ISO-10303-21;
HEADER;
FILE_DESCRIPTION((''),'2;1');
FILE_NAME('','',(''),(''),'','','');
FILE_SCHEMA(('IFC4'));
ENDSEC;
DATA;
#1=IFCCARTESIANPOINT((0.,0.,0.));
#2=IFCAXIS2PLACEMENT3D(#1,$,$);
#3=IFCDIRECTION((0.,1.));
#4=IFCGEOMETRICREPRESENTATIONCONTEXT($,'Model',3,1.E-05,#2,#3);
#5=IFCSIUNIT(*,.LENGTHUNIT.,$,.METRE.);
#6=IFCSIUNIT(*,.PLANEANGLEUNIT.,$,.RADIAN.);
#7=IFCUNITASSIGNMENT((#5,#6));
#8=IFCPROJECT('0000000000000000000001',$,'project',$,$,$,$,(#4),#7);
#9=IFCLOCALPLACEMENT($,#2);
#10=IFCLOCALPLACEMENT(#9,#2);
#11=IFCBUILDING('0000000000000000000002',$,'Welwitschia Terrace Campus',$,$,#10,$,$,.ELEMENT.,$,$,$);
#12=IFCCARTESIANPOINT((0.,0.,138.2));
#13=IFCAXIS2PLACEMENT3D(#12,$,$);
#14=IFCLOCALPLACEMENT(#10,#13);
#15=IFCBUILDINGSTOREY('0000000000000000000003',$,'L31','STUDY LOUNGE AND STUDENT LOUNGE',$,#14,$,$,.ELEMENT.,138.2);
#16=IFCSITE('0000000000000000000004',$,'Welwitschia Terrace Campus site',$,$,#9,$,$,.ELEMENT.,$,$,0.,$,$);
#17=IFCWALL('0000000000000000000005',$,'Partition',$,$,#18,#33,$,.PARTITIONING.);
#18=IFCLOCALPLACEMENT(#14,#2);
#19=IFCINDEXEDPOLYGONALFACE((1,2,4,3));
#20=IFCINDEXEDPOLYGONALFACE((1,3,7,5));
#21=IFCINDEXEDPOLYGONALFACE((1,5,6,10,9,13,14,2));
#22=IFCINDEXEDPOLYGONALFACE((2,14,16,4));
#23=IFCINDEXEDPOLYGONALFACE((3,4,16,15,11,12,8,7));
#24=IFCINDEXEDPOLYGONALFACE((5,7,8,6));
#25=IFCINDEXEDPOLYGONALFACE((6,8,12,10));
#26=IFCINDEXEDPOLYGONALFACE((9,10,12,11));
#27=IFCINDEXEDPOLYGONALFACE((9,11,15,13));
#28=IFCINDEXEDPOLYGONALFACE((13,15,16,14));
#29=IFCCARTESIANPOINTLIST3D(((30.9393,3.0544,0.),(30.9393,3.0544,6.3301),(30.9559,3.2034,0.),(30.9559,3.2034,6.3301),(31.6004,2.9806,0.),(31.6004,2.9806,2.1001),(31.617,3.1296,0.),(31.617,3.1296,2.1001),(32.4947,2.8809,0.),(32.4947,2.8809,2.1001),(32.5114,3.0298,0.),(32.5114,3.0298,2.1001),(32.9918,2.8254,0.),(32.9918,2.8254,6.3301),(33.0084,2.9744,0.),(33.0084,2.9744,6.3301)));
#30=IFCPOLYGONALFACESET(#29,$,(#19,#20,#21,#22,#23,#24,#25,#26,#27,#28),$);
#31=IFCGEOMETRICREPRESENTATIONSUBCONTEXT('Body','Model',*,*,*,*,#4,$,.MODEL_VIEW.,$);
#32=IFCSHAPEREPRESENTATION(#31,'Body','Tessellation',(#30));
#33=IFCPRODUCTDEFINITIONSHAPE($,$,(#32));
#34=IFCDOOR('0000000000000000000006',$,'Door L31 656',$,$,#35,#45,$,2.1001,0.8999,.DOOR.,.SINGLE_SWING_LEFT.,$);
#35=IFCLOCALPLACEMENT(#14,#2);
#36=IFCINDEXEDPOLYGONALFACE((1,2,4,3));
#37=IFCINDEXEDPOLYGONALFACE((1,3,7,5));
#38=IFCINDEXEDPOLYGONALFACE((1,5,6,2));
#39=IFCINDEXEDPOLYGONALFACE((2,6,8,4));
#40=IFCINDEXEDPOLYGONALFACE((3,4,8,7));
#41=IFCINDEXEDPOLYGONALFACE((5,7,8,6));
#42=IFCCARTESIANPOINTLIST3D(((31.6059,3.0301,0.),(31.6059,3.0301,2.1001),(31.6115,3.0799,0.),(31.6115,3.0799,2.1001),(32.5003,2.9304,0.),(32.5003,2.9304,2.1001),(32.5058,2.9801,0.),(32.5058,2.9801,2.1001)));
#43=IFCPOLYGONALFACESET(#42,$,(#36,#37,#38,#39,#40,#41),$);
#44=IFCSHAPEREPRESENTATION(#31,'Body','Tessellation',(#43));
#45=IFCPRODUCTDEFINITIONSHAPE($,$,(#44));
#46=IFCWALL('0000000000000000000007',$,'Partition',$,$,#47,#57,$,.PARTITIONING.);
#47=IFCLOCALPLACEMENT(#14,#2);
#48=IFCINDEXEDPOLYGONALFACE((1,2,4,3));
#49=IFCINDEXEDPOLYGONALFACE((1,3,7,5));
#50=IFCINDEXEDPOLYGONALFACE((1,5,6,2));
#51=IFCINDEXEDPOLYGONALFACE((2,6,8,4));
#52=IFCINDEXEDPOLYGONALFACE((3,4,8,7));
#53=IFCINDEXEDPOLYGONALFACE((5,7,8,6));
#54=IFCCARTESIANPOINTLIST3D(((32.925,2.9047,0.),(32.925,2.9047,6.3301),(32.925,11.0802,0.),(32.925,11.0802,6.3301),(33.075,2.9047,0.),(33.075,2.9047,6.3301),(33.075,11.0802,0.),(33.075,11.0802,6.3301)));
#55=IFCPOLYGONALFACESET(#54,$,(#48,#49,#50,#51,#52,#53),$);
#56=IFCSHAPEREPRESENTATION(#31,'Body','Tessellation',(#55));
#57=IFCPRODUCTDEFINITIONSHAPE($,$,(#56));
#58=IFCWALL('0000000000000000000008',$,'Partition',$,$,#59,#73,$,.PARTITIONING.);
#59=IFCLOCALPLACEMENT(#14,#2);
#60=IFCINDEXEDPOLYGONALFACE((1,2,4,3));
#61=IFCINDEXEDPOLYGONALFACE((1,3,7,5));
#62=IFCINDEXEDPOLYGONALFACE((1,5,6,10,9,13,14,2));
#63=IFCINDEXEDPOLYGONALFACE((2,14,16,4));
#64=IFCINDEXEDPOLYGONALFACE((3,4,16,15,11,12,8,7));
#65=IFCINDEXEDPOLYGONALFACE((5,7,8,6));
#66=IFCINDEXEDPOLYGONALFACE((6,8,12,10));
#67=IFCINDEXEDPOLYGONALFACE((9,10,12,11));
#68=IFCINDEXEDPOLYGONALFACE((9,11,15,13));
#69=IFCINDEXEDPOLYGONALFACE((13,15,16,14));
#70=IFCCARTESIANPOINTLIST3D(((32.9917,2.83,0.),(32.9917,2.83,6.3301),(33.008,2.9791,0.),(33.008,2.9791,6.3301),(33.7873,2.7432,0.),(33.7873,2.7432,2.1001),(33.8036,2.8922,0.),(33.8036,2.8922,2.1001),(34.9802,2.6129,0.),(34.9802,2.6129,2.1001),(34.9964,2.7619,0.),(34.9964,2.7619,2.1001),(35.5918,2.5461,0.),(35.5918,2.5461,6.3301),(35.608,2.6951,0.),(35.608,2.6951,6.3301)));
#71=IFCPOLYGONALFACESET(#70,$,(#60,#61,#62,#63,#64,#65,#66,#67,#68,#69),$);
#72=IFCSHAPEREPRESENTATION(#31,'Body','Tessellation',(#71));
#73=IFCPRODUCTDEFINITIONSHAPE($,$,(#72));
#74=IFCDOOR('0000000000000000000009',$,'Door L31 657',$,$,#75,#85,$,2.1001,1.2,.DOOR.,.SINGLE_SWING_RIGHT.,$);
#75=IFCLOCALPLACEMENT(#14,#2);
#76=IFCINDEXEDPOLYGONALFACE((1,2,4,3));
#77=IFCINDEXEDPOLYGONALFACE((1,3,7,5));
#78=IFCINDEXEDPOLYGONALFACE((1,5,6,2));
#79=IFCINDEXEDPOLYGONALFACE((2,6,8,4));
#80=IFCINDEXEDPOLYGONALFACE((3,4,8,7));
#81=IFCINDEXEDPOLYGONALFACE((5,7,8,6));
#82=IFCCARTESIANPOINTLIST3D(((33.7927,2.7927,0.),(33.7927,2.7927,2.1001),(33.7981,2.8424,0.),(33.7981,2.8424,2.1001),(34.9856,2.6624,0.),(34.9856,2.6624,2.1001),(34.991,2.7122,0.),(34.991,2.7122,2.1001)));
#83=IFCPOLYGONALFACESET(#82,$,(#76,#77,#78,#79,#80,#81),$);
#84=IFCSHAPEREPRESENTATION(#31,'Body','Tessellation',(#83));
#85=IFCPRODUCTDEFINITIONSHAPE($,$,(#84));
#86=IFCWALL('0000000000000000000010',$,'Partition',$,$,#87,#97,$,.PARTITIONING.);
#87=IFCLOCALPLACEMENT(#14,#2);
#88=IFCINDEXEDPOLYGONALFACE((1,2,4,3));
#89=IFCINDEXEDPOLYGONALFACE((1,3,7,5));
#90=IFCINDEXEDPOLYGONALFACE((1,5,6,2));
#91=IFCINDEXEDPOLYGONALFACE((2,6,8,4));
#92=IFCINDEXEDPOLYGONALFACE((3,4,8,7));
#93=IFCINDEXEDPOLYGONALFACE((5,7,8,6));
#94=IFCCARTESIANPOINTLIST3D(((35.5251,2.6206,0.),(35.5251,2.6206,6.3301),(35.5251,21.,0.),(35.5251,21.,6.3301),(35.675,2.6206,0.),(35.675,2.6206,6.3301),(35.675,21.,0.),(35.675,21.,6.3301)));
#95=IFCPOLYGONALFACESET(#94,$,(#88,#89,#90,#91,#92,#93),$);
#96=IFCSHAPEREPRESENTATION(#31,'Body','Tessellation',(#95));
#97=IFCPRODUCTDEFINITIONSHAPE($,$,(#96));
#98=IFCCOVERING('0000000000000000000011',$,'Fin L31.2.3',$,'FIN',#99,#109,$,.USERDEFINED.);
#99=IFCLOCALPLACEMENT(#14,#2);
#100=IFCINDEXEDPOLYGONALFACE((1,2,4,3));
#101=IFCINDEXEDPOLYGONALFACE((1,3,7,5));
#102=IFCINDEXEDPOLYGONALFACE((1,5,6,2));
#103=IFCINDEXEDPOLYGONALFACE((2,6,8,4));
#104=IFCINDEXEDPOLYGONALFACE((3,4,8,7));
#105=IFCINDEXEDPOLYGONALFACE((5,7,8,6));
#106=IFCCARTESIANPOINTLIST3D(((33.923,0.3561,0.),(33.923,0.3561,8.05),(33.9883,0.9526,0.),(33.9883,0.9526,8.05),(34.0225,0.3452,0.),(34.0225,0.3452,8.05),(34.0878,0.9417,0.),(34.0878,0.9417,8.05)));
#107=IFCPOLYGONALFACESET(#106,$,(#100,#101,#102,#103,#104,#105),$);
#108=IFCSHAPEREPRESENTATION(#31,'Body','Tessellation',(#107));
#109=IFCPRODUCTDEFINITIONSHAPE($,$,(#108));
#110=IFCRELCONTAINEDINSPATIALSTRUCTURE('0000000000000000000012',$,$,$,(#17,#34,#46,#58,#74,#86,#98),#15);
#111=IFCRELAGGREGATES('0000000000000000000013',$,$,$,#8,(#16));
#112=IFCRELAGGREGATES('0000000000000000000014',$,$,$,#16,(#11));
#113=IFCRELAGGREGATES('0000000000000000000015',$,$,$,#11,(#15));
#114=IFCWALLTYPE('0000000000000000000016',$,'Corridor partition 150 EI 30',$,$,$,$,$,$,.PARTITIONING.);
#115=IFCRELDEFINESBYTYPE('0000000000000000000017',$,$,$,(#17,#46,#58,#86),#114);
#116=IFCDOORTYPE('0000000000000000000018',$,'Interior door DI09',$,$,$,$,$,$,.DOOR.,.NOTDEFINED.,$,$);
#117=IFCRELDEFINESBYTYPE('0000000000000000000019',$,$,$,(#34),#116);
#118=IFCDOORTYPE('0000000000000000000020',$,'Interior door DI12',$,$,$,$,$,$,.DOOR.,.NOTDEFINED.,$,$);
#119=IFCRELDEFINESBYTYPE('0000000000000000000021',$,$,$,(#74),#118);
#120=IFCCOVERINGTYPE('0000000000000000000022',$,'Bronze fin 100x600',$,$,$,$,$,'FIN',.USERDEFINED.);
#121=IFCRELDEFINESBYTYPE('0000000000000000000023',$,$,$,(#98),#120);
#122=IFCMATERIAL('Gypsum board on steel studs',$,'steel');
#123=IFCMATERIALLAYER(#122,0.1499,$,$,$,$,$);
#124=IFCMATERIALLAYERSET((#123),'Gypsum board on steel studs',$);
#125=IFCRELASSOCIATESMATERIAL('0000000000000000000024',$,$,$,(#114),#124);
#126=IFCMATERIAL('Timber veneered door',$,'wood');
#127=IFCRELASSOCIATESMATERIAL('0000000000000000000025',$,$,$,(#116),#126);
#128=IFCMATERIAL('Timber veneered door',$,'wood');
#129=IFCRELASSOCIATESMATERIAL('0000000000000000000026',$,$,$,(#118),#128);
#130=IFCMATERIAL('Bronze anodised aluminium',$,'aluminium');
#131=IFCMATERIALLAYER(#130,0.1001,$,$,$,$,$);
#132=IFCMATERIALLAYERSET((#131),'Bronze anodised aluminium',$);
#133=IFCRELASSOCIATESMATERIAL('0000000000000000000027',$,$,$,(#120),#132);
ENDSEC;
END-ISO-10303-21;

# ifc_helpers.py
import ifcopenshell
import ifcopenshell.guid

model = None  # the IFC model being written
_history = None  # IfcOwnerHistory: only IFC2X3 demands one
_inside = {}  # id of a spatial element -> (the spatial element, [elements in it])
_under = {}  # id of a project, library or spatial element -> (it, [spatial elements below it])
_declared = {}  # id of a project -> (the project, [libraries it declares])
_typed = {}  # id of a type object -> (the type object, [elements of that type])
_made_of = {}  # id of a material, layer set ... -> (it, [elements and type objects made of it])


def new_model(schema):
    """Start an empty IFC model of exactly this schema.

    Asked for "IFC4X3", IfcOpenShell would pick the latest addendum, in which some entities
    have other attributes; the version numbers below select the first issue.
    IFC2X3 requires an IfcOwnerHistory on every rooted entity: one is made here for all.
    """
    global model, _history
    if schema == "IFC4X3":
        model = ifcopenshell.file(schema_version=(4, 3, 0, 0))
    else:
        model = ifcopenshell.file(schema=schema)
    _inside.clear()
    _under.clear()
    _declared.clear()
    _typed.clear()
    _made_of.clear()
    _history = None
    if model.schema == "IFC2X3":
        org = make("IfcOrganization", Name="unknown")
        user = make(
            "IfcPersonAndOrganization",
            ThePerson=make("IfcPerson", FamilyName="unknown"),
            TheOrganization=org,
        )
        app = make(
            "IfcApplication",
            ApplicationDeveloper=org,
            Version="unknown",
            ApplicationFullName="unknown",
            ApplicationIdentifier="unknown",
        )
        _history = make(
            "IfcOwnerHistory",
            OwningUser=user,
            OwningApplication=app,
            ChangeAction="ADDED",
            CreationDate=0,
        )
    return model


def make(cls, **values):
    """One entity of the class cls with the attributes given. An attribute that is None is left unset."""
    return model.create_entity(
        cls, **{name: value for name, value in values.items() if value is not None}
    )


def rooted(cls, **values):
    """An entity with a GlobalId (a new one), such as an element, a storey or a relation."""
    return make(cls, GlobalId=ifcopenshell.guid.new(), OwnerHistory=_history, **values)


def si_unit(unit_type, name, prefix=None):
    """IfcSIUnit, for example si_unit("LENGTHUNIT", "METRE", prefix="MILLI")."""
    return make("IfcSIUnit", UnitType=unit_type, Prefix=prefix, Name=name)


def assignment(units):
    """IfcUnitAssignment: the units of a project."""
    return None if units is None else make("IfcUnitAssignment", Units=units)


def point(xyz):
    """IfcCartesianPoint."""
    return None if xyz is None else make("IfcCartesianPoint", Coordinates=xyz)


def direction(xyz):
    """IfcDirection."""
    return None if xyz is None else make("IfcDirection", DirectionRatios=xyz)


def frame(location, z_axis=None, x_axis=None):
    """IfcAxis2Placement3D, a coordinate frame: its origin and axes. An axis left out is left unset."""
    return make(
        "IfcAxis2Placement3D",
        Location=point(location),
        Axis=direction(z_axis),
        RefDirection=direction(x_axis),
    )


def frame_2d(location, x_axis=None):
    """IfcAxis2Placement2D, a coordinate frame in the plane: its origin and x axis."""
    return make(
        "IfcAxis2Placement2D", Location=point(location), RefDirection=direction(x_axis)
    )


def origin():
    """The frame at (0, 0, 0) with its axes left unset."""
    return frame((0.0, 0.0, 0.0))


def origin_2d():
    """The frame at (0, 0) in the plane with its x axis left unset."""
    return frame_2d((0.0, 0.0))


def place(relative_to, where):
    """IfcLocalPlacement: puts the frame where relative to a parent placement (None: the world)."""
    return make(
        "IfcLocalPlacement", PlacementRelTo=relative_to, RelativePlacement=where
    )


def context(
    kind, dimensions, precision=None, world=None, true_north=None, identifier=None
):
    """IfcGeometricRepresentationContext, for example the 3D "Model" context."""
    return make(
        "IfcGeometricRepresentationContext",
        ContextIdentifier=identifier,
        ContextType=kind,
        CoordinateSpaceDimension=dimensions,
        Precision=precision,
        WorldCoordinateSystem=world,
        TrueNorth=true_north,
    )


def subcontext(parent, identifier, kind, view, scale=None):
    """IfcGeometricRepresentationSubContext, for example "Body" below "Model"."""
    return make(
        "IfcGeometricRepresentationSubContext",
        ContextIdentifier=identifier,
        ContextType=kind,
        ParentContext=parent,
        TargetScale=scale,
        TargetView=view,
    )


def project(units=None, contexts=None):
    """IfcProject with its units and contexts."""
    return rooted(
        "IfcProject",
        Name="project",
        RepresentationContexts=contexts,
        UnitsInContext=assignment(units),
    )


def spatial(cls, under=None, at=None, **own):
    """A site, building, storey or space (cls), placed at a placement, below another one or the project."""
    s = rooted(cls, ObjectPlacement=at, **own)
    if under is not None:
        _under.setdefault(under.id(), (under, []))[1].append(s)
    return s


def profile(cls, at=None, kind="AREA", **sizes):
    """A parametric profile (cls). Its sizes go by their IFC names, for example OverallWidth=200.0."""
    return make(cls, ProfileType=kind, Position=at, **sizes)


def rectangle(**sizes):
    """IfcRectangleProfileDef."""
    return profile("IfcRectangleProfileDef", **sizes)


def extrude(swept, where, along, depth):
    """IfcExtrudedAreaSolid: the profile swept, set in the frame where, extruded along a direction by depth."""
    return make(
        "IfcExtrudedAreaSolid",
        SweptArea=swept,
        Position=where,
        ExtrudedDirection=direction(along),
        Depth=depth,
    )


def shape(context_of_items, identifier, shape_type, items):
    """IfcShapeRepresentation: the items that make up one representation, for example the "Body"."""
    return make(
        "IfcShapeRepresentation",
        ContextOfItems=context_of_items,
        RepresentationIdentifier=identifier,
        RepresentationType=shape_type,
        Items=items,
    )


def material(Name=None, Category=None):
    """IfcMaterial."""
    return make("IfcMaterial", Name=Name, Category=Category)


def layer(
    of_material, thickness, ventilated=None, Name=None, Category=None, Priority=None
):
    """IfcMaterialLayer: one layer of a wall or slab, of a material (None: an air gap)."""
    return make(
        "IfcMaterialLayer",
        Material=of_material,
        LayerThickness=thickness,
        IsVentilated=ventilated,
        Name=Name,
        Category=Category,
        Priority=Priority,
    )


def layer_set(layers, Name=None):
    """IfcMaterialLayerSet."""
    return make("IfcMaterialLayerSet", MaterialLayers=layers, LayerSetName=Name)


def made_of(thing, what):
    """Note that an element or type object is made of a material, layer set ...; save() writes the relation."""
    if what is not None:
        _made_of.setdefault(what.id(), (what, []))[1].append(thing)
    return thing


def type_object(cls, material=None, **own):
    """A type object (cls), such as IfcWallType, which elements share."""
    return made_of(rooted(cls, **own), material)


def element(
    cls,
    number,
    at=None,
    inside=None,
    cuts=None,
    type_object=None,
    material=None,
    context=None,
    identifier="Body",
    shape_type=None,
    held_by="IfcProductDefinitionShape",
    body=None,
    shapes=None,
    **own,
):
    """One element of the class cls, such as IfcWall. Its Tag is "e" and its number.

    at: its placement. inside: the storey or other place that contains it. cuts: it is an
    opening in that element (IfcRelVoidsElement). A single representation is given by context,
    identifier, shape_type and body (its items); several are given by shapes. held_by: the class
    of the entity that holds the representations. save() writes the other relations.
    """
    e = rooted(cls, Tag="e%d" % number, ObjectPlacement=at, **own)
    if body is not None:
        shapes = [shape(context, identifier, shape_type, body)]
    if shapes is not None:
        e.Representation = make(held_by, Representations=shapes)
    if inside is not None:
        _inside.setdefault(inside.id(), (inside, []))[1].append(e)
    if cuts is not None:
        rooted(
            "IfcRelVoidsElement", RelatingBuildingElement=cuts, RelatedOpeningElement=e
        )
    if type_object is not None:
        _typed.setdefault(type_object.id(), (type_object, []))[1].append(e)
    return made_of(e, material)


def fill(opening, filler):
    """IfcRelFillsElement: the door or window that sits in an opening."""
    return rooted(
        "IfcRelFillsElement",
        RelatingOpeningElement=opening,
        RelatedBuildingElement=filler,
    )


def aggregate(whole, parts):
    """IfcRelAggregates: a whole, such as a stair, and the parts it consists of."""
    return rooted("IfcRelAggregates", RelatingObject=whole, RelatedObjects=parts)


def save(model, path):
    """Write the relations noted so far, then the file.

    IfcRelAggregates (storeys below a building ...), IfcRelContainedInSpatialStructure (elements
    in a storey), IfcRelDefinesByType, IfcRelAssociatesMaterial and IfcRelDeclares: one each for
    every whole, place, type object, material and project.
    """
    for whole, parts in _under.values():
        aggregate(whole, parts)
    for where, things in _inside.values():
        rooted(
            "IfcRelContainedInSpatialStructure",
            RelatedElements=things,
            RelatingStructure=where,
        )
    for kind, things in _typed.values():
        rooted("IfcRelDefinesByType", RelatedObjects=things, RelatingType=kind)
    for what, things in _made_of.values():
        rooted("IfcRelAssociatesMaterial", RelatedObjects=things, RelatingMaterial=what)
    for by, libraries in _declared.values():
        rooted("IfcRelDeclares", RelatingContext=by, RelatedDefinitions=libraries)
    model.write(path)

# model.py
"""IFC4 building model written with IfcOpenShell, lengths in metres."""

from ifc_helpers import new_model, si_unit, direction, frame, frame_2d, origin, origin_2d, place, context, subcontext, project, spatial, rectangle, extrude, material, layer, layer_set, type_object, element, fill, save


model = new_model("IFC4")

# Units and contexts
model_context = context("Model", 3, precision=1e-05, world=origin(), true_north=direction((0.0, 1.0)))
body_context = subcontext(model_context, "Body", "Model", "MODEL_VIEW")
ifc_project = project(units=[si_unit("LENGTHUNIT", "METRE"), si_unit("PLANEANGLEUNIT", "RADIAN")], contexts=[model_context])

# Site, building, storey
site_placement = place(None, origin())
site = spatial("IfcSite", under=ifc_project, at=site_placement, Name="Welwitschia Terrace Campus site", CompositionType="ELEMENT", RefElevation=0.0)
building_placement = place(site_placement, origin())
building = spatial("IfcBuilding", under=site, at=building_placement, Name="Welwitschia Terrace Campus", CompositionType="ELEMENT")
storey_placement = place(building_placement, frame((0.0, 0.0, 138.2)))
storey = spatial("IfcBuildingStorey", under=building, at=storey_placement, Name="L31", Description="STUDY LOUNGE AND STUDENT LOUNGE", CompositionType="ELEMENT", Elevation=138.2)

# Shared definitions
ifc_material_1 = material(Name="Gypsum board on steel studs", Category="steel")
ifc_layer_1 = layer(ifc_material_1, 0.1499)
ifc_layer_set_1 = layer_set([ifc_layer_1], Name="Gypsum board on steel studs")
wall_type = type_object("IfcWallType", Name="Corridor partition 150 EI 30", PredefinedType="PARTITIONING", material=ifc_layer_set_1)

# Wall, opening, door
wall_1_placement = place(storey_placement, frame((30.9475, 3.1289, 0.0), z_axis=(0.0, 0.0, 1.0), x_axis=(0.993833, -0.110886, 0.0)))
wall_1 = element("IfcWall", 1, at=wall_1_placement, inside=storey, type_object=wall_type, Name="Partition", PredefinedType="PARTITIONING", context=body_context, shape_type="SweptSolid", body=[
    extrude(rectangle(XDim=2.0652, YDim=0.1499, at=frame_2d((1.0327, 0.0))), origin(), (0.0, 0.0, 1.0), 6.3301),
])
opening_1_placement = place(wall_1_placement, frame((0.6653, 0.0, 0.0)))
opening_1 = element("IfcOpeningElement", 2, at=opening_1_placement, cuts=wall_1, PredefinedType="OPENING", context=body_context, shape_type="SweptSolid", body=[
    extrude(rectangle(XDim=0.8999, YDim=2.1001, at=frame_2d((0.45, 1.05))), frame((0.0, 0.085, 0.0), z_axis=(0.0, -1.0, 0.0), x_axis=(1.0, 0.0, 0.0)), (0.0, 0.0, 1.0), 0.1699),
])
ifc_material_2 = material(Name="Timber veneered door", Category="wood")
door_type_1 = type_object("IfcDoorType", Name="Interior door DI09", OperationType="NOTDEFINED", PredefinedType="DOOR", material=ifc_material_2)
door_1_placement = place(opening_1_placement, origin())
door_1 = element("IfcDoor", 3, at=door_1_placement, inside=storey, type_object=door_type_1, Name="Door L31 656", OperationType="SINGLE_SWING_LEFT", OverallHeight=2.1001, OverallWidth=0.8999, PredefinedType="DOOR", context=body_context, shape_type="SweptSolid", body=[
    extrude(rectangle(XDim=0.8999, YDim=2.1001, at=frame_2d((0.45, 1.05))), frame((0.0, 0.0249, 0.0), z_axis=(0.0, -1.0, 0.0), x_axis=(1.0, 0.0, 0.0)), (0.0, 0.0, 1.0), 0.05),
])
fill(opening_1, door_1)

# Wall
wall_2_placement = place(storey_placement, frame((33.0, 2.9045, 0.0), z_axis=(0.0, 0.0, 1.0), x_axis=(0.0, 1.0, 0.0)))
element("IfcWall", 4, at=wall_2_placement, inside=storey, type_object=wall_type, Name="Partition", PredefinedType="PARTITIONING", context=body_context, shape_type="SweptSolid", body=[
    extrude(rectangle(XDim=8.1755, YDim=0.1499, at=frame_2d((4.0879, 0.0))), origin(), (0.0, 0.0, 1.0), 6.3301),
])

# Wall, opening, door
wall_3_placement = place(storey_placement, frame((33.0, 2.9045, 0.0), z_axis=(0.0, 0.0, 1.0), x_axis=(0.99409, -0.108557, 0.0)))
wall_3 = element("IfcWall", 5, at=wall_3_placement, inside=storey, type_object=wall_type, Name="Partition", PredefinedType="PARTITIONING", context=body_context, shape_type="SweptSolid", body=[
    extrude(rectangle(XDim=2.6155, YDim=0.1499, at=frame_2d((1.3076, 0.0))), origin(), (0.0, 0.0, 1.0), 6.3301),
])
opening_2_placement = place(wall_3_placement, frame((0.8, 0.0, 0.0)))
opening_2 = element("IfcOpeningElement", 6, at=opening_2_placement, cuts=wall_3, PredefinedType="OPENING", context=body_context, shape_type="SweptSolid", body=[
    extrude(rectangle(XDim=1.2, YDim=2.1001, at=frame_2d((0.6001, 1.05))), frame((0.0, 0.085, 0.0), z_axis=(0.0, -1.0, 0.0), x_axis=(1.0, 0.0, 0.0)), (0.0, 0.0, 1.0), 0.1699),
])
ifc_material_3 = material(Name="Timber veneered door", Category="wood")
door_type_2 = type_object("IfcDoorType", Name="Interior door DI12", OperationType="NOTDEFINED", PredefinedType="DOOR", material=ifc_material_3)
door_2_placement = place(opening_2_placement, origin())
door_2 = element("IfcDoor", 7, at=door_2_placement, inside=storey, type_object=door_type_2, Name="Door L31 657", OperationType="SINGLE_SWING_RIGHT", OverallHeight=2.1001, OverallWidth=1.2, PredefinedType="DOOR", context=body_context, shape_type="SweptSolid", body=[
    extrude(rectangle(XDim=1.2, YDim=2.1001, at=frame_2d((0.6001, 1.05))), frame((0.0, 0.0249, 0.0), z_axis=(0.0, -1.0, 0.0), x_axis=(1.0, 0.0, 0.0)), (0.0, 0.0, 1.0), 0.05),
])
fill(opening_2, door_2)

# Wall
wall_4_placement = place(storey_placement, frame((35.6001, 2.6206, 0.0), z_axis=(0.0, 0.0, 1.0), x_axis=(0.0, 1.0, 0.0)))
element("IfcWall", 8, at=wall_4_placement, inside=storey, type_object=wall_type, Name="Partition", PredefinedType="PARTITIONING", context=body_context, shape_type="SweptSolid", body=[
    extrude(rectangle(XDim=18.3794, YDim=0.1499, at=frame_2d((9.1897, 0.0))), origin(), (0.0, 0.0, 1.0), 6.3301),
])

# Covering
ifc_material_4 = material(Name="Bronze anodised aluminium", Category="aluminium")
ifc_layer_2 = layer(ifc_material_4, 0.1001)
ifc_layer_set_2 = layer_set([ifc_layer_2], Name="Bronze anodised aluminium")
covering_type = type_object("IfcCoveringType", Name="Bronze fin 100x600", ElementType="FIN", PredefinedType="USERDEFINED", material=ifc_layer_set_2)
covering_placement = place(storey_placement, frame((34.0054, 0.6489, 0.0), z_axis=(0.0, 0.0, 1.0), x_axis=(0.994056, -0.108867, 0.0)))
element("IfcCovering", 9, at=covering_placement, inside=storey, type_object=covering_type, Name="Fin L31.2.3", ObjectType="FIN", PredefinedType="USERDEFINED", context=body_context, shape_type="SweptSolid", body=[
    extrude(rectangle(XDim=0.1001, YDim=0.6001, at=origin_2d()), origin(), (0.0, 0.0, 1.0), 8.05),
])

save(model, "model.ifc")
